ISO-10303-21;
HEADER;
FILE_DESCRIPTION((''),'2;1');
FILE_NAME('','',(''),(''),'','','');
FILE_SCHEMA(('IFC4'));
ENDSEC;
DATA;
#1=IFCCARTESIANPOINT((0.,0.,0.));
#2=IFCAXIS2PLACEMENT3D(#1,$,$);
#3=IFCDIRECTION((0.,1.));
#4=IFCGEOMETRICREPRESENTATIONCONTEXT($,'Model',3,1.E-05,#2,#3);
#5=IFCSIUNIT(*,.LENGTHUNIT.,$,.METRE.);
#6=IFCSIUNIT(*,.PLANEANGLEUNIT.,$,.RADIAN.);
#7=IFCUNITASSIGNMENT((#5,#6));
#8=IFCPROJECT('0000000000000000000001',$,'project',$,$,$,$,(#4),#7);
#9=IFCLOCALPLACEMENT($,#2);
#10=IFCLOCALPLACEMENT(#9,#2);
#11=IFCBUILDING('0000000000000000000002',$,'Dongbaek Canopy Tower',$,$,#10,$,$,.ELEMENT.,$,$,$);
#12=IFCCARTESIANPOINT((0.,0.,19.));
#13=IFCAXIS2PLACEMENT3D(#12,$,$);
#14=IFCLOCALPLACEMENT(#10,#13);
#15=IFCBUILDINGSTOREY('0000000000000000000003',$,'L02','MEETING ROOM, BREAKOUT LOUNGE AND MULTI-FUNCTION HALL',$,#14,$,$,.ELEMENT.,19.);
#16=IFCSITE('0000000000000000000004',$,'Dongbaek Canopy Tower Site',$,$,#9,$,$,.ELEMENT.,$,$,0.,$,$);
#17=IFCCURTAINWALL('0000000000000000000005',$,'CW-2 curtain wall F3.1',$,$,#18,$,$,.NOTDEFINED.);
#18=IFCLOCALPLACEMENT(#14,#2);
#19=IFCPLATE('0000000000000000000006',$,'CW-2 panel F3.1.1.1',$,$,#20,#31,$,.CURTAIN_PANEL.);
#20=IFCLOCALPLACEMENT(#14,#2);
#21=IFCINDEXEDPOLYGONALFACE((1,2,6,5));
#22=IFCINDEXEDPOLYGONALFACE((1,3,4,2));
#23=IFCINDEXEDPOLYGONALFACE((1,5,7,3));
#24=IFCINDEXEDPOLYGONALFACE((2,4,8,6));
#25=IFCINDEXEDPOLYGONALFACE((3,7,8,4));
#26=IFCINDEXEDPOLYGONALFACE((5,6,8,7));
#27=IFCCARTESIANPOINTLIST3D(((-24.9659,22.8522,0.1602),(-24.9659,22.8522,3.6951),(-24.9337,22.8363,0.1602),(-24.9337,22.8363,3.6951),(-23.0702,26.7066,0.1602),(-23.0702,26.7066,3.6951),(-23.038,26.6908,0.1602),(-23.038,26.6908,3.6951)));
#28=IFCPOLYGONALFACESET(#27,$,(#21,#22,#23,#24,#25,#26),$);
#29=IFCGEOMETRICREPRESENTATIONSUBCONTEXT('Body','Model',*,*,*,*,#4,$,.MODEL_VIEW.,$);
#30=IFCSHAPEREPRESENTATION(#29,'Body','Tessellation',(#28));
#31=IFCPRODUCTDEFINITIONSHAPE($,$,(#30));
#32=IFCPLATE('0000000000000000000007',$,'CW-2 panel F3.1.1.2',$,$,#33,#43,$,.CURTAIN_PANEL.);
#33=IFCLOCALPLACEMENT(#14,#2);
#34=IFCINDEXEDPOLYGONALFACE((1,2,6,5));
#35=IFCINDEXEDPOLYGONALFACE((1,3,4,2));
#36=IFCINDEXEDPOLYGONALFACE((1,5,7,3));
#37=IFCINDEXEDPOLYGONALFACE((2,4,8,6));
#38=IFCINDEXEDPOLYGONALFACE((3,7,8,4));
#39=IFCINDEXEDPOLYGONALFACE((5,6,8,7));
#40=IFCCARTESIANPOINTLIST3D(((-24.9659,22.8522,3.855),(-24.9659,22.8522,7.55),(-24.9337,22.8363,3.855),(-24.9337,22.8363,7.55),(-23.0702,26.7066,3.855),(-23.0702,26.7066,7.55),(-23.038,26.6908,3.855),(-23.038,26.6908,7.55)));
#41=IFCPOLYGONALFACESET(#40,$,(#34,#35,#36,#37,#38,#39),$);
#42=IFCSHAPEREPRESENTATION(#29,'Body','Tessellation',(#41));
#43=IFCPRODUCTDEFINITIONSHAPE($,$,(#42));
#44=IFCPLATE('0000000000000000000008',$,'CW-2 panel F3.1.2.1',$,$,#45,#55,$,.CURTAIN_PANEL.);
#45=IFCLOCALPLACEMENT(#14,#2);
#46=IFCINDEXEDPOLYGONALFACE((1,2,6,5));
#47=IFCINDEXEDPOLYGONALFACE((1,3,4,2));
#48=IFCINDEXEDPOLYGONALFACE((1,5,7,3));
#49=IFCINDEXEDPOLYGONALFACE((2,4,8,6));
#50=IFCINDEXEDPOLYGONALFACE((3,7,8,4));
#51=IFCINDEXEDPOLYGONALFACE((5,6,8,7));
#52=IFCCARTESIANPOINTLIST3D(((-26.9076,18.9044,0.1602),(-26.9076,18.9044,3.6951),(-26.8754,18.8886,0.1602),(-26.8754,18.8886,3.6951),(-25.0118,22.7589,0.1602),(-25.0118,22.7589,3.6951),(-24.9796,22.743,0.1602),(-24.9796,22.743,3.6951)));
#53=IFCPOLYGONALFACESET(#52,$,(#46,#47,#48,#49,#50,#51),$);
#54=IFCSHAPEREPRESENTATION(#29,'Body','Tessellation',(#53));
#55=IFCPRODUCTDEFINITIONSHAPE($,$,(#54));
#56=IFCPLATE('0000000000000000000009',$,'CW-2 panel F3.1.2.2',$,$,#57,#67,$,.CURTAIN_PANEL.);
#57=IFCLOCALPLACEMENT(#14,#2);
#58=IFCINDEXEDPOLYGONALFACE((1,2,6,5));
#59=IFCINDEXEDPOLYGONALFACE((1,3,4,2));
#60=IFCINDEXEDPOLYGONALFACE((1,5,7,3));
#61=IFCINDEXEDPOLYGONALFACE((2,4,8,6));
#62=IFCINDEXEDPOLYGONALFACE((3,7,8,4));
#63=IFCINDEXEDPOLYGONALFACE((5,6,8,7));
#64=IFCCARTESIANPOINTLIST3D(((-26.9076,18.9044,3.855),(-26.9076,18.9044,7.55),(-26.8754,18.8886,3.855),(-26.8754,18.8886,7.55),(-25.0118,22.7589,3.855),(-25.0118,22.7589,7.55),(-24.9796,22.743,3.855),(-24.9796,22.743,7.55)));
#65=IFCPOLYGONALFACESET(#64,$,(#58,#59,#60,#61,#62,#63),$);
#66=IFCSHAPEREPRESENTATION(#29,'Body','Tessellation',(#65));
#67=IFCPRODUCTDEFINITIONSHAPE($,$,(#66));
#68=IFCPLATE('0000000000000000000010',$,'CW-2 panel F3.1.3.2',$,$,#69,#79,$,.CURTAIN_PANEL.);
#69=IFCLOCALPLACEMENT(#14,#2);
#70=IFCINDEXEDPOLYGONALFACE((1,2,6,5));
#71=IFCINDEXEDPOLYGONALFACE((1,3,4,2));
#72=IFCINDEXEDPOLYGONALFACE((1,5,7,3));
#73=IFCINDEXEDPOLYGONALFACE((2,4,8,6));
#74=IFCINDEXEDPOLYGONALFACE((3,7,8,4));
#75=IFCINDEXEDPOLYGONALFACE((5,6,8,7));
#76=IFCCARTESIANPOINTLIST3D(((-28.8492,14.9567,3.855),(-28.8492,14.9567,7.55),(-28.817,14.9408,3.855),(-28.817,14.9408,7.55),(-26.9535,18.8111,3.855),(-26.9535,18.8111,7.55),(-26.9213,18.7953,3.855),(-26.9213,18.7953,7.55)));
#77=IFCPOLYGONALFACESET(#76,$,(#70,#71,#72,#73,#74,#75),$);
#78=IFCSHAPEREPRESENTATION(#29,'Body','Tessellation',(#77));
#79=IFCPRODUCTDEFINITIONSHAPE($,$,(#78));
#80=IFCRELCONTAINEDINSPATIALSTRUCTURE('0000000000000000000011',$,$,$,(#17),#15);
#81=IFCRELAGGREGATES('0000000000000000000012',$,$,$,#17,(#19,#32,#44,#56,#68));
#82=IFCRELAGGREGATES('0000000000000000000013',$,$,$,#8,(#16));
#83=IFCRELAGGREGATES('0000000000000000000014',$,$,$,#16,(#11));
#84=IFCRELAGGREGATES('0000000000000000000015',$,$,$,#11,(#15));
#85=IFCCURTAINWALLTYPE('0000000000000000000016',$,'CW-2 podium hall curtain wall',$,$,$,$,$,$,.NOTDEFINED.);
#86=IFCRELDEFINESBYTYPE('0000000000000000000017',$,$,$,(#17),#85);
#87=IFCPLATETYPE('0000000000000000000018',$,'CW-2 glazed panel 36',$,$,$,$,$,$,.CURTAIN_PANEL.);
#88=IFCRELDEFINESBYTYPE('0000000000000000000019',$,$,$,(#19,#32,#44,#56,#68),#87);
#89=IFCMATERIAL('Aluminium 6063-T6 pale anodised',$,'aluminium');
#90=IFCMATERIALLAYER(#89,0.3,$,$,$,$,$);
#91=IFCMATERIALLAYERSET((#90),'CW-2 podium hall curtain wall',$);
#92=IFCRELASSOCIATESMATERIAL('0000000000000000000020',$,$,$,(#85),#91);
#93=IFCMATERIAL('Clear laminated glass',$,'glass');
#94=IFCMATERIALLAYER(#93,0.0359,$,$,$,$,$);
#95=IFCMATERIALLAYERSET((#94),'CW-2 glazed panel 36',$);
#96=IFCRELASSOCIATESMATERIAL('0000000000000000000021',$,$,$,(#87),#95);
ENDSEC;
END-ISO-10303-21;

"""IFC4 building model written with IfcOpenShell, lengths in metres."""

from ifc_helpers import new_model, si_unit, direction, frame, origin, origin_2d, place, context, subcontext, project, spatial, rectangle, extrude, material, layer, layer_set, type_object, element, aggregate, save


model = new_model("IFC4")

# Units and contexts
model_context = context("Model", 3, precision=1e-05, world=origin(), true_north=direction((0.0, 1.0)))
body_context = subcontext(model_context, "Body", "Model", "MODEL_VIEW")
ifc_project = project(units=[si_unit("LENGTHUNIT", "METRE"), si_unit("PLANEANGLEUNIT", "RADIAN")], contexts=[model_context])

# Site, building, storey
site_placement = place(None, origin())
site = spatial("IfcSite", under=ifc_project, at=site_placement, Name="Dongbaek Canopy Tower Site", CompositionType="ELEMENT", RefElevation=0.0)
building_placement = place(site_placement, origin())
building = spatial("IfcBuilding", under=site, at=building_placement, Name="Dongbaek Canopy Tower", CompositionType="ELEMENT")
storey_placement = place(building_placement, frame((0.0, 0.0, 19.0)))
storey = spatial("IfcBuildingStorey", under=building, at=storey_placement, Name="L02", Description="MEETING ROOM, BREAKOUT LOUNGE AND MULTI-FUNCTION HALL", CompositionType="ELEMENT", Elevation=19.0)

# Shared definitions
ifc_material_1 = material(Name="Aluminium 6063-T6 pale anodised", Category="aluminium")
ifc_layer_1 = layer(ifc_material_1, 0.3)
ifc_layer_set_1 = layer_set([ifc_layer_1], Name="CW-2 podium hall curtain wall")
curtain_wall_type = type_object("IfcCurtainWallType", Name="CW-2 podium hall curtain wall", PredefinedType="NOTDEFINED", material=ifc_layer_set_1)

# Curtain wall, plates
curtain_wall_1_placement = place(storey_placement, origin())
curtain_wall_1 = element("IfcCurtainWall", 1, at=curtain_wall_1_placement, inside=storey, type_object=curtain_wall_type, Name="CW-2 curtain wall F3.1", PredefinedType="NOTDEFINED")
ifc_material_2 = material(Name="Clear laminated glass", Category="glass")
ifc_layer_2 = layer(ifc_material_2, 0.0359)
ifc_layer_set_2 = layer_set([ifc_layer_2], Name="CW-2 glazed panel 36")
plate_type = type_object("IfcPlateType", Name="CW-2 glazed panel 36", PredefinedType="CURTAIN_PANEL", material=ifc_layer_set_2)
plate_1_placement = place(storey_placement, frame((-24.002, 24.7715, 0.1602), z_axis=(0.0, 0.0, 1.0), x_axis=(-0.441342, -0.897339, 0.0)))
plate_1 = element("IfcPlate", 2, at=plate_1_placement, type_object=plate_type, Name="CW-2 panel F3.1.1.1", PredefinedType="CURTAIN_PANEL", context=body_context, shape_type="SweptSolid", body=[
    extrude(rectangle(XDim=4.2954, YDim=0.0359, at=origin_2d()), origin(), (0.0, 0.0, 1.0), 3.5349),
])
plate_2_placement = place(storey_placement, frame((-24.002, 24.7715, 3.855), z_axis=(0.0, 0.0, 1.0), x_axis=(-0.441342, -0.897339, 0.0)))
plate_2 = element("IfcPlate", 3, at=plate_2_placement, type_object=plate_type, Name="CW-2 panel F3.1.1.2", PredefinedType="CURTAIN_PANEL", context=body_context, shape_type="SweptSolid", body=[
    extrude(rectangle(XDim=4.2954, YDim=0.0359, at=origin_2d()), origin(), (0.0, 0.0, 1.0), 3.6951),
])
plate_3_placement = place(storey_placement, frame((-25.9436, 20.8237, 0.1602), z_axis=(0.0, 0.0, 1.0), x_axis=(-0.441342, -0.897339, 0.0)))
plate_3 = element("IfcPlate", 4, at=plate_3_placement, type_object=plate_type, Name="CW-2 panel F3.1.2.1", PredefinedType="CURTAIN_PANEL", context=body_context, shape_type="SweptSolid", body=[
    extrude(rectangle(XDim=4.2954, YDim=0.0359, at=origin_2d()), origin(), (0.0, 0.0, 1.0), 3.5349),
])
plate_4_placement = place(storey_placement, frame((-25.9436, 20.8237, 3.855), z_axis=(0.0, 0.0, 1.0), x_axis=(-0.441342, -0.897339, 0.0)))
plate_4 = element("IfcPlate", 5, at=plate_4_placement, type_object=plate_type, Name="CW-2 panel F3.1.2.2", PredefinedType="CURTAIN_PANEL", context=body_context, shape_type="SweptSolid", body=[
    extrude(rectangle(XDim=4.2954, YDim=0.0359, at=origin_2d()), origin(), (0.0, 0.0, 1.0), 3.6951),
])
plate_5_placement = place(storey_placement, frame((-27.8853, 16.876, 3.855), z_axis=(0.0, 0.0, 1.0), x_axis=(-0.441342, -0.897339, 0.0)))
plate_5 = element("IfcPlate", 6, at=plate_5_placement, type_object=plate_type, Name="CW-2 panel F3.1.3.2", PredefinedType="CURTAIN_PANEL", context=body_context, shape_type="SweptSolid", body=[
    extrude(rectangle(XDim=4.2954, YDim=0.0359, at=origin_2d()), origin(), (0.0, 0.0, 1.0), 3.6951),
])
aggregate(curtain_wall_1, [plate_1, plate_2, plate_3, plate_4, plate_5])

save(model, "model.ifc")
